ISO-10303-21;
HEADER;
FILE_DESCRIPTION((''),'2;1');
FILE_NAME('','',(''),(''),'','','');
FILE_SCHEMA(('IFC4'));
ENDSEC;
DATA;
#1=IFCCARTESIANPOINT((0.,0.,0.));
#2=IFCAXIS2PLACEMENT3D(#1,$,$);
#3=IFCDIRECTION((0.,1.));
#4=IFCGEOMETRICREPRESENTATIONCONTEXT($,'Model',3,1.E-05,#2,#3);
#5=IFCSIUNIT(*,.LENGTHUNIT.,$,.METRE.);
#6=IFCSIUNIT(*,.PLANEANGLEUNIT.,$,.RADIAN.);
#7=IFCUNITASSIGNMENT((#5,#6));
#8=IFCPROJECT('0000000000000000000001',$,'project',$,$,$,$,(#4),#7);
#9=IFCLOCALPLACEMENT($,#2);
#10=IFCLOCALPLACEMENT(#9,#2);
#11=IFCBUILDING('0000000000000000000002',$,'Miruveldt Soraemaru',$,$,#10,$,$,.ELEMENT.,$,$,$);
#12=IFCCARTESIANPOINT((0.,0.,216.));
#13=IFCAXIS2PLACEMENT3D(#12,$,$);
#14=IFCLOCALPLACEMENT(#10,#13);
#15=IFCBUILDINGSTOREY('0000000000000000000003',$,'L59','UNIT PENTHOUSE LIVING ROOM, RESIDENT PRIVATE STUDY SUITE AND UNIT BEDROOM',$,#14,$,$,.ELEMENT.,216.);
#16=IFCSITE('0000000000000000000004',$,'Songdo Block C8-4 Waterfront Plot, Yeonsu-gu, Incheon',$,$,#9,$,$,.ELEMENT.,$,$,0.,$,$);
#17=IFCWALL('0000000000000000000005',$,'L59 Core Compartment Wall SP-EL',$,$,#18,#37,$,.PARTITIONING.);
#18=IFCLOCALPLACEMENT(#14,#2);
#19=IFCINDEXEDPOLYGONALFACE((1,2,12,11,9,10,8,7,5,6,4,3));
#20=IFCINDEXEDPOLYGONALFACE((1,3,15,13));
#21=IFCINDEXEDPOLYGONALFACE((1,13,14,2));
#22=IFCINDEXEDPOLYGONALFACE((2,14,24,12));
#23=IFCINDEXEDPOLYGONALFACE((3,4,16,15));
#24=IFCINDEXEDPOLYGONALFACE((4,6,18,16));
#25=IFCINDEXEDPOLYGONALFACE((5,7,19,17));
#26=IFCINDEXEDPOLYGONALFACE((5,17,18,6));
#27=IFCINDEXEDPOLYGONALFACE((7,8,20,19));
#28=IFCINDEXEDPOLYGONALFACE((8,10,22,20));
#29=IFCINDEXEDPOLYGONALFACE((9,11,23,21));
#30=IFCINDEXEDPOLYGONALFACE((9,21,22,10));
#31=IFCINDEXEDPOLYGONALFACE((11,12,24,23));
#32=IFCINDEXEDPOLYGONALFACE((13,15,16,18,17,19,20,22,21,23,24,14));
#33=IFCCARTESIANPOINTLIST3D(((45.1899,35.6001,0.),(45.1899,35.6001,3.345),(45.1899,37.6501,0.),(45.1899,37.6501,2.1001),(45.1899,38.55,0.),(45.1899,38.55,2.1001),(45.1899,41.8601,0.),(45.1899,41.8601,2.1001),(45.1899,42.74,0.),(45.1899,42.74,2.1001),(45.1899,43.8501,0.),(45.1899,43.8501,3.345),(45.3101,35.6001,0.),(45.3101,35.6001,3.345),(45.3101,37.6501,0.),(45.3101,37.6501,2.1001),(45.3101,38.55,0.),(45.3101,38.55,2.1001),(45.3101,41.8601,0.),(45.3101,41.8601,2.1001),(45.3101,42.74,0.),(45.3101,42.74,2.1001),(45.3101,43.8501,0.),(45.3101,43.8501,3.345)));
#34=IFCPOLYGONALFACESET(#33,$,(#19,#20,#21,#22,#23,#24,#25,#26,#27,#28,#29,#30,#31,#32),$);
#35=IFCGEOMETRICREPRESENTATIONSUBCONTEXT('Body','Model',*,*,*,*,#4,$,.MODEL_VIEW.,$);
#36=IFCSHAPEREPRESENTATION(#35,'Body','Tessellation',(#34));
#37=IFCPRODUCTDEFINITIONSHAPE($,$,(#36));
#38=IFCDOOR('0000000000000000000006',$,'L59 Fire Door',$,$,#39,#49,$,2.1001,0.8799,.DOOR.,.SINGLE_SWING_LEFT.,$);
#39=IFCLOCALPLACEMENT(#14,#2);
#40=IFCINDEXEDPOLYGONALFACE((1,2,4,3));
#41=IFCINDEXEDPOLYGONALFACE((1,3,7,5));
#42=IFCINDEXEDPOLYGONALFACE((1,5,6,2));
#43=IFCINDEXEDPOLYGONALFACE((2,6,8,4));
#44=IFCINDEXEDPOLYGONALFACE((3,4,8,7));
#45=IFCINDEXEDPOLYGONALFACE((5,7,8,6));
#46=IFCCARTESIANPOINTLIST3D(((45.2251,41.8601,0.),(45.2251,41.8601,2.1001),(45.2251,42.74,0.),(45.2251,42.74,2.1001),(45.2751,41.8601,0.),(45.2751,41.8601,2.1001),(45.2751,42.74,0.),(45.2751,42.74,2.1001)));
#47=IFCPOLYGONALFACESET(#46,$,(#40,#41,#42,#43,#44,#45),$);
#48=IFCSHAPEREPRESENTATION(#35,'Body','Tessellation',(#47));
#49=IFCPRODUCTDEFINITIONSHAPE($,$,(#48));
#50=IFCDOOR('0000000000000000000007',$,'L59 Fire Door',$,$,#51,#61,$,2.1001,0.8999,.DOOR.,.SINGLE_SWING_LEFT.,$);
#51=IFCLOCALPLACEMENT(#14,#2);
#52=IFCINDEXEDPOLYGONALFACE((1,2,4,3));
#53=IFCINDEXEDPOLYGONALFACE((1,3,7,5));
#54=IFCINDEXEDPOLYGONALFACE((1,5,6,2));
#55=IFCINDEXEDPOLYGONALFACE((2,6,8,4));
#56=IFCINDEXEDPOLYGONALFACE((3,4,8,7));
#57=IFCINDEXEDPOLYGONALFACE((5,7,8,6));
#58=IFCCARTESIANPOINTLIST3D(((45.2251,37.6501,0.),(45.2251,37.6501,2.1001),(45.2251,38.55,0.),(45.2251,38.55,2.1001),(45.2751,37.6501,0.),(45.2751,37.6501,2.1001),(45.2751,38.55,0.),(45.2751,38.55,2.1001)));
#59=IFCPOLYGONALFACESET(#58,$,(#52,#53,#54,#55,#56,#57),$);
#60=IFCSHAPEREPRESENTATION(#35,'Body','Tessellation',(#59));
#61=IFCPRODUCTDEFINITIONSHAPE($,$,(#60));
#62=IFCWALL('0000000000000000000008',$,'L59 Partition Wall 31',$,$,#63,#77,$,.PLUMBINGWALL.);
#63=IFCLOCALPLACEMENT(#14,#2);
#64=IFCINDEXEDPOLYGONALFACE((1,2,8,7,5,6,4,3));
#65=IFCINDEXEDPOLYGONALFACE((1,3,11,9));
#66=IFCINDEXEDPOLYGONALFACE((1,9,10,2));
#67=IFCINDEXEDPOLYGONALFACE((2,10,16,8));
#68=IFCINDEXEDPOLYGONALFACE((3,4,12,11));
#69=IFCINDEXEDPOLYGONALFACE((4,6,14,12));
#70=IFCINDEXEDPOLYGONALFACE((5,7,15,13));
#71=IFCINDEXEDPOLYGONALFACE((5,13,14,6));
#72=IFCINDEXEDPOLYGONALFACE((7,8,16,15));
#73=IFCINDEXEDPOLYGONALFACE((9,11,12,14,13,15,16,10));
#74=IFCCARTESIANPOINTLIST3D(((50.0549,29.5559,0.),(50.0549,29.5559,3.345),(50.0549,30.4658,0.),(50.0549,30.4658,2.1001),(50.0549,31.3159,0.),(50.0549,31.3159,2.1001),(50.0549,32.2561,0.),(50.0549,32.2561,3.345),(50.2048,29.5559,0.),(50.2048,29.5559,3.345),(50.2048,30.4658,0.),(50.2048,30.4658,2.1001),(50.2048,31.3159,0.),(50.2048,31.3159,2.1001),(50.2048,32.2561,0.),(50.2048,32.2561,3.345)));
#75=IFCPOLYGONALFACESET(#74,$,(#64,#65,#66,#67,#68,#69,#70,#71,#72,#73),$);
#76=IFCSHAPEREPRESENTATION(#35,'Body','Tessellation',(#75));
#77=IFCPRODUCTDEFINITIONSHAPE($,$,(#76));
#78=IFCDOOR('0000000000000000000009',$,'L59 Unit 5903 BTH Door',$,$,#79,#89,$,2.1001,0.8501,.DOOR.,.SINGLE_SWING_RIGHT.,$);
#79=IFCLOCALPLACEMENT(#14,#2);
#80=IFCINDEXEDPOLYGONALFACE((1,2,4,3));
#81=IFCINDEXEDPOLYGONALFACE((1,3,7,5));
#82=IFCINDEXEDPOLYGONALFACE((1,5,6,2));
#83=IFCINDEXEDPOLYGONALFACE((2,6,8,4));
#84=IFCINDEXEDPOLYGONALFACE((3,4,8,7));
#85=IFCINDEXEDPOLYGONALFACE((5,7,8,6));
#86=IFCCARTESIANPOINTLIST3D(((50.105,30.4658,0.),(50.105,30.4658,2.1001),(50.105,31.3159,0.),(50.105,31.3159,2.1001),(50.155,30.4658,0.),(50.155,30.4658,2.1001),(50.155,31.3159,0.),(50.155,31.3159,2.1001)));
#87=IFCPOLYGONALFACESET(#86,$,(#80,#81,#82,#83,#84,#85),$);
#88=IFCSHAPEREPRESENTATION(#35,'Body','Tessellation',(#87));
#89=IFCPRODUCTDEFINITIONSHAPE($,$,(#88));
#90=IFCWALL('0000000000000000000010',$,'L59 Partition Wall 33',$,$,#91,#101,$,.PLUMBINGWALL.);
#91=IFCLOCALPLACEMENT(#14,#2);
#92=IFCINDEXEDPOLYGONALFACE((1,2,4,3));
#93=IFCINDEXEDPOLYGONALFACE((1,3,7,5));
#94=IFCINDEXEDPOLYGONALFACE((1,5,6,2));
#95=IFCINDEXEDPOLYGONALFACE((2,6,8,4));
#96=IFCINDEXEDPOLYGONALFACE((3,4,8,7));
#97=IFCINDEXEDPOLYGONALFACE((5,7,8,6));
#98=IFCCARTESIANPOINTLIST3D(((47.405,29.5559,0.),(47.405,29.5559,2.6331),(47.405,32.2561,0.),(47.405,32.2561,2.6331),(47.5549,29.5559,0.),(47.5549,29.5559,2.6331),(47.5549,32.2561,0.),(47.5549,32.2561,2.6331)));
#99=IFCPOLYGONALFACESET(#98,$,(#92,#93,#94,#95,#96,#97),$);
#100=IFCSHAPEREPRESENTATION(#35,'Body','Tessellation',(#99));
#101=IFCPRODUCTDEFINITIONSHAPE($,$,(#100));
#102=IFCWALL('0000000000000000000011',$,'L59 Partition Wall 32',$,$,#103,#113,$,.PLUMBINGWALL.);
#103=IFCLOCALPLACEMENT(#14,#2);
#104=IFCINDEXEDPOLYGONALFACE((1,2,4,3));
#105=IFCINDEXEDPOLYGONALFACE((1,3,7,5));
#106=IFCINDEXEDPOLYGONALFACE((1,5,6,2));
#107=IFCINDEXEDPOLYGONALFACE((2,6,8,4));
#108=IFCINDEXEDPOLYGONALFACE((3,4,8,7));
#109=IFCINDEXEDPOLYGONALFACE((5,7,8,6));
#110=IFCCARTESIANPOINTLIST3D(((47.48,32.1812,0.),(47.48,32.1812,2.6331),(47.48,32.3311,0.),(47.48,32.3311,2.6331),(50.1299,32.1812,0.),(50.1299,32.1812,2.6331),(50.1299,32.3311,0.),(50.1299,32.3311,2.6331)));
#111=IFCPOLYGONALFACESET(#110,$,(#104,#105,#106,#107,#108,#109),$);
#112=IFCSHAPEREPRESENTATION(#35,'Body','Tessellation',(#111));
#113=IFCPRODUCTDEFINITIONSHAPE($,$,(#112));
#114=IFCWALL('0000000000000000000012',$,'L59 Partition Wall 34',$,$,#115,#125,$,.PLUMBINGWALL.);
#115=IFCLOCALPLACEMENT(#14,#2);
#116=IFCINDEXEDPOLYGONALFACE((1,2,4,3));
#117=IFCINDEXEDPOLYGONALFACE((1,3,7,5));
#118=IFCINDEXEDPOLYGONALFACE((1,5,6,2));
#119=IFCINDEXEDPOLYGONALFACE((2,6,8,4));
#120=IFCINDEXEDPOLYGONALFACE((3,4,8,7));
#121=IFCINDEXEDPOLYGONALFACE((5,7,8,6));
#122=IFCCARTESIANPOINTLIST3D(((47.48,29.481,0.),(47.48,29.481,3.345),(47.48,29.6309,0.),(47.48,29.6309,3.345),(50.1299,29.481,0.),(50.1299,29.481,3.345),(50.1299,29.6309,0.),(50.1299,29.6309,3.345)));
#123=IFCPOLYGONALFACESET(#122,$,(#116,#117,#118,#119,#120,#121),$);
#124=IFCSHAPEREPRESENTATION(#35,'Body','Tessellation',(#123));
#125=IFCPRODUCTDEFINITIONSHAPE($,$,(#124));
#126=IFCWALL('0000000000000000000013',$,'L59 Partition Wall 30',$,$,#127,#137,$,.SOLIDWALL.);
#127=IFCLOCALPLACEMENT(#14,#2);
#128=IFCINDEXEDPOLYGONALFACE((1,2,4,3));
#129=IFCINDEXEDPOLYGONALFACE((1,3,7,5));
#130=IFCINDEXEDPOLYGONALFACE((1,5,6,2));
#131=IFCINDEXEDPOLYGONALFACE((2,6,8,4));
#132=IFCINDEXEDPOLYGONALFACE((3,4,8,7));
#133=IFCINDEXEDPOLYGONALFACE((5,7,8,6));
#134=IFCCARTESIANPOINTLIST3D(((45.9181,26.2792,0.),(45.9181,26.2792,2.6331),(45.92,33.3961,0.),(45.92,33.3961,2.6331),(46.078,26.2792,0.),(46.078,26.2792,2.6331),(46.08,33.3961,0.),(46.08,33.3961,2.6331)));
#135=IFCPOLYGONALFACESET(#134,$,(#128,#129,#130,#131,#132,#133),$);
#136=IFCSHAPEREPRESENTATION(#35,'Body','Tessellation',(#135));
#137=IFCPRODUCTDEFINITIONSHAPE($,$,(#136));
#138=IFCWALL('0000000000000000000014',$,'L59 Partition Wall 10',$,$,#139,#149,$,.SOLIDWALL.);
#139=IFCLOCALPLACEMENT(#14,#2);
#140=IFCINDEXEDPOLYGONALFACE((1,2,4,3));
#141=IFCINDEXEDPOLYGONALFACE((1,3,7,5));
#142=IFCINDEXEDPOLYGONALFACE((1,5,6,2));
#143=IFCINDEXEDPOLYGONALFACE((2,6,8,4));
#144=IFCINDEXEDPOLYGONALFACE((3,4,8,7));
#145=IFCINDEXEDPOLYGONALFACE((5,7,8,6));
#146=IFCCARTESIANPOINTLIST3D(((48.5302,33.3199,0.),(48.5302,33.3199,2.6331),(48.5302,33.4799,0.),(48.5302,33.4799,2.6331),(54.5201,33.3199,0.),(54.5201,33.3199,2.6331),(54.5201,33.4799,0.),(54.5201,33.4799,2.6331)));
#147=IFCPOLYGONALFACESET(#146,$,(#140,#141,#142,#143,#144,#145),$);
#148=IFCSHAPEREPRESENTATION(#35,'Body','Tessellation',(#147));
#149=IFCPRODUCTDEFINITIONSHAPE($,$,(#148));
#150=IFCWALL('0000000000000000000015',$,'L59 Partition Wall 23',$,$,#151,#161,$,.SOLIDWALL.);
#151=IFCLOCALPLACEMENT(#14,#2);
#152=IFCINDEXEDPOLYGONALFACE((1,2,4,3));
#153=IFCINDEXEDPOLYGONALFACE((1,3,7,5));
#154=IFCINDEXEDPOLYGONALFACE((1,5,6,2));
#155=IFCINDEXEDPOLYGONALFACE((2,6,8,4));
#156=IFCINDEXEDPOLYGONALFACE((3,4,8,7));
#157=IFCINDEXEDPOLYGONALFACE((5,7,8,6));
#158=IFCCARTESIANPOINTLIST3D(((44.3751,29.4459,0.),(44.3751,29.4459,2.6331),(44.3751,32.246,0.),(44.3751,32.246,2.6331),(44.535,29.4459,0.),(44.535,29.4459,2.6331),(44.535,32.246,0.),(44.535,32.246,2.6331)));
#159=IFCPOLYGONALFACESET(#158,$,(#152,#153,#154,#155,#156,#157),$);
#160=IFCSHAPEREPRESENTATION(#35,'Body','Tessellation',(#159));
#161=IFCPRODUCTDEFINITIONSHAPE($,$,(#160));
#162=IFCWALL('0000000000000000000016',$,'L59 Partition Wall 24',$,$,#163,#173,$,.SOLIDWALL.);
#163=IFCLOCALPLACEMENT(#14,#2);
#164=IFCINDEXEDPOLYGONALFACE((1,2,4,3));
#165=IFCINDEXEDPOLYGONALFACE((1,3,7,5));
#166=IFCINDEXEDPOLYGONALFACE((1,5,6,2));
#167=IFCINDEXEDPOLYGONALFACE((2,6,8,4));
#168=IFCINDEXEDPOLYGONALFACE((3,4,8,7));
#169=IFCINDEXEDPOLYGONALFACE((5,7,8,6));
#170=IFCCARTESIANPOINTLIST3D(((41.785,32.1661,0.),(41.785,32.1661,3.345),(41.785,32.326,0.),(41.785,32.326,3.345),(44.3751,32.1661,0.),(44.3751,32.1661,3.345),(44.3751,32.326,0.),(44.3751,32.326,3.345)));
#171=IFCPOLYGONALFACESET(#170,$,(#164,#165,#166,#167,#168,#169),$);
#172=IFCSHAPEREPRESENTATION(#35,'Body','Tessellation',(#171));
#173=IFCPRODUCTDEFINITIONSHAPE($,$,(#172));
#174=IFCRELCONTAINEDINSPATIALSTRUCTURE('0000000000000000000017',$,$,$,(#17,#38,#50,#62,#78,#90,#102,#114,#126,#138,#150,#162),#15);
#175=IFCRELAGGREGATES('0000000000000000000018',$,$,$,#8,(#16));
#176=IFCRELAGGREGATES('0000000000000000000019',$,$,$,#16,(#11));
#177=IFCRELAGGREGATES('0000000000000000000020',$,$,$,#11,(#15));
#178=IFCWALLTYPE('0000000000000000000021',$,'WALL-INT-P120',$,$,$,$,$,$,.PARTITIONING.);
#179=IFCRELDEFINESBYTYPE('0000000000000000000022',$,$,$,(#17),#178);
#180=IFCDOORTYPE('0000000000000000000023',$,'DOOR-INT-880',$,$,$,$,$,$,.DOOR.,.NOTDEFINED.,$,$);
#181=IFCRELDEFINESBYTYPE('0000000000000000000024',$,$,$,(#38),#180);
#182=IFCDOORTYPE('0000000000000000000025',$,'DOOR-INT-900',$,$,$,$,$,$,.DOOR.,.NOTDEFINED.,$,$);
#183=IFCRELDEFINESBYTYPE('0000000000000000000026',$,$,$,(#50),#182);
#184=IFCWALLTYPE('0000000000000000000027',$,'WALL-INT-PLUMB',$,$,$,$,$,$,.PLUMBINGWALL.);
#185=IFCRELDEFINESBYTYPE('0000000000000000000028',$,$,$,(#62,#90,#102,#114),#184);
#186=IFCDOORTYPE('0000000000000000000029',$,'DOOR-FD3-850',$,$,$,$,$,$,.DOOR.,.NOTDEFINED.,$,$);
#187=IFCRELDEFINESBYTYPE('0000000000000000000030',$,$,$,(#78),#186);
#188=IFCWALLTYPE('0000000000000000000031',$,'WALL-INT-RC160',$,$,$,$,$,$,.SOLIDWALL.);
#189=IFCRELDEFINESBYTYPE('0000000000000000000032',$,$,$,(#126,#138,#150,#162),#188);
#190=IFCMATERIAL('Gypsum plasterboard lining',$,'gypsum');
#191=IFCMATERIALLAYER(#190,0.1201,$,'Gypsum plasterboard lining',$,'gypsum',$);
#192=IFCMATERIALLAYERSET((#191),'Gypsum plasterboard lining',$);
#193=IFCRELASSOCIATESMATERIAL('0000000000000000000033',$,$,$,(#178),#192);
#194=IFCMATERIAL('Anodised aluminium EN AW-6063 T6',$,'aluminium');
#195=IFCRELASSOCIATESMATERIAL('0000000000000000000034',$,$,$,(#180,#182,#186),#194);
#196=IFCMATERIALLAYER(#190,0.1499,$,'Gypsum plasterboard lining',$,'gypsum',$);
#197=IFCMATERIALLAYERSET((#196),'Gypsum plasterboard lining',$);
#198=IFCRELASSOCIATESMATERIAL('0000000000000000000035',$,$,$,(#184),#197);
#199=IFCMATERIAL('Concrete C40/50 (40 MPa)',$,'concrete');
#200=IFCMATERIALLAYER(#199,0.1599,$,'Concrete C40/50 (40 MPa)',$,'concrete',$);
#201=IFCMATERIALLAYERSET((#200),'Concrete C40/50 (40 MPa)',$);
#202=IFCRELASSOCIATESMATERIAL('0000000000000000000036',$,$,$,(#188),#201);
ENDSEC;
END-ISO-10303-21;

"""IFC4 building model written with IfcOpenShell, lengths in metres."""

from ifc_helpers import new_model, si_unit, direction, frame, frame_2d, origin, place, context, subcontext, project, spatial, rectangle, extrude, material, layer, layer_set, type_object, element, fill, save


model = new_model("IFC4")

# Units and contexts
model_context = context("Model", 3, precision=1e-05, world=origin(), true_north=direction((0.0, 1.0)))
body_context = subcontext(model_context, "Body", "Model", "MODEL_VIEW")
ifc_project = project(units=[si_unit("LENGTHUNIT", "METRE"), si_unit("PLANEANGLEUNIT", "RADIAN")], contexts=[model_context])

# Site, building, storey
site_placement = place(None, origin())
site = spatial("IfcSite", under=ifc_project, at=site_placement, Name="Songdo Block C8-4 Waterfront Plot, Yeonsu-gu, Incheon", CompositionType="ELEMENT", RefElevation=0.0)
building_placement = place(site_placement, origin())
building = spatial("IfcBuilding", under=site, at=building_placement, Name="Miruveldt Soraemaru", CompositionType="ELEMENT")
storey_placement = place(building_placement, frame((0.0, 0.0, 216.0)))
storey = spatial("IfcBuildingStorey", under=building, at=storey_placement, Name="L59", Description="UNIT PENTHOUSE LIVING ROOM, RESIDENT PRIVATE STUDY SUITE AND UNIT BEDROOM", CompositionType="ELEMENT", Elevation=216.0)

# Shared definitions
ifc_material_1 = material(Name="Anodised aluminium EN AW-6063 T6", Category="aluminium")

# Wall, openings, doors
ifc_material_2 = material(Name="Gypsum plasterboard lining", Category="gypsum")
ifc_layer_1 = layer(ifc_material_2, 0.1201, Name="Gypsum plasterboard lining", Category="gypsum")
ifc_layer_set_1 = layer_set([ifc_layer_1], Name="Gypsum plasterboard lining")
wall_type_1 = type_object("IfcWallType", Name="WALL-INT-P120", PredefinedType="PARTITIONING", material=ifc_layer_set_1)
wall_1_placement = place(storey_placement, frame((45.25, 35.6001, 0.0), z_axis=(0.0, 0.0, 1.0), x_axis=(0.0, 1.0, 0.0)))
wall_1 = element("IfcWall", 1, at=wall_1_placement, inside=storey, type_object=wall_type_1, Name="L59 Core Compartment Wall SP-EL", PredefinedType="PARTITIONING", context=body_context, shape_type="SweptSolid", body=[
    extrude(rectangle(XDim=8.25, YDim=0.1201, at=frame_2d((4.125, 0.0))), origin(), (0.0, 0.0, 1.0), 3.345),
])
opening_1_placement = place(wall_1_placement, frame((2.05, 0.0, 0.0)))
opening_1 = element("IfcOpeningElement", 2, at=opening_1_placement, cuts=wall_1, PredefinedType="OPENING", context=body_context, shape_type="SweptSolid", body=[
    extrude(rectangle(XDim=0.8999, YDim=2.1001, at=frame_2d((0.45, 1.05))), frame((0.0, 0.0701, 0.0), z_axis=(0.0, -1.0, 0.0), x_axis=(1.0, 0.0, 0.0)), (0.0, 0.0, 1.0), 0.1401),
])
opening_2_placement = place(wall_1_placement, frame((6.26, 0.0, 0.0)))
opening_2 = element("IfcOpeningElement", 3, at=opening_2_placement, cuts=wall_1, PredefinedType="OPENING", context=body_context, shape_type="SweptSolid", body=[
    extrude(rectangle(XDim=0.8799, YDim=2.1001, at=frame_2d((0.4399, 1.05))), frame((0.0, 0.0701, 0.0), z_axis=(0.0, -1.0, 0.0), x_axis=(1.0, 0.0, 0.0)), (0.0, 0.0, 1.0), 0.1401),
])
door_type_1 = type_object("IfcDoorType", Name="DOOR-INT-880", OperationType="NOTDEFINED", PredefinedType="DOOR", material=ifc_material_1)
door_1_placement = place(opening_2_placement, origin())
door_1 = element("IfcDoor", 4, at=door_1_placement, inside=storey, type_object=door_type_1, Name="L59 Fire Door", OperationType="SINGLE_SWING_LEFT", OverallHeight=2.1001, OverallWidth=0.8799, PredefinedType="DOOR", context=body_context, shape_type="SweptSolid", body=[
    extrude(rectangle(XDim=0.8799, YDim=2.1001, at=frame_2d((0.4399, 1.05))), frame((0.0, 0.0249, 0.0), z_axis=(0.0, -1.0, 0.0), x_axis=(1.0, 0.0, 0.0)), (0.0, 0.0, 1.0), 0.05),
])
fill(opening_2, door_1)
door_type_2 = type_object("IfcDoorType", Name="DOOR-INT-900", OperationType="NOTDEFINED", PredefinedType="DOOR", material=ifc_material_1)
door_2_placement = place(opening_1_placement, origin())
door_2 = element("IfcDoor", 5, at=door_2_placement, inside=storey, type_object=door_type_2, Name="L59 Fire Door", OperationType="SINGLE_SWING_LEFT", OverallHeight=2.1001, OverallWidth=0.8999, PredefinedType="DOOR", context=body_context, shape_type="SweptSolid", body=[
    extrude(rectangle(XDim=0.8999, YDim=2.1001, at=frame_2d((0.45, 1.05))), frame((0.0, 0.0249, 0.0), z_axis=(0.0, -1.0, 0.0), x_axis=(1.0, 0.0, 0.0)), (0.0, 0.0, 1.0), 0.05),
])
fill(opening_1, door_2)

# Wall, opening, door
ifc_layer_2 = layer(ifc_material_2, 0.1499, Name="Gypsum plasterboard lining", Category="gypsum")
ifc_layer_set_2 = layer_set([ifc_layer_2], Name="Gypsum plasterboard lining")
wall_type_2 = type_object("IfcWallType", Name="WALL-INT-PLUMB", PredefinedType="PLUMBINGWALL", material=ifc_layer_set_2)
wall_2_placement = place(storey_placement, frame((50.1299, 29.5559, 0.0), z_axis=(0.0, 0.0, 1.0), x_axis=(0.0, 1.0, 0.0)))
wall_2 = element("IfcWall", 6, at=wall_2_placement, inside=storey, type_object=wall_type_2, Name="L59 Partition Wall 31", PredefinedType="PLUMBINGWALL", context=body_context, shape_type="SweptSolid", body=[
    extrude(rectangle(XDim=2.7002, YDim=0.1499, at=frame_2d((1.3501, 0.0))), origin(), (0.0, 0.0, 1.0), 3.345),
])
opening_3_placement = place(wall_2_placement, frame((0.9099, 0.0, 0.0)))
opening_3 = element("IfcOpeningElement", 7, at=opening_3_placement, cuts=wall_2, PredefinedType="OPENING", context=body_context, shape_type="SweptSolid", body=[
    extrude(rectangle(XDim=0.8501, YDim=2.1001, at=frame_2d((0.425, 1.05))), frame((0.0, 0.085, 0.0), z_axis=(0.0, -1.0, 0.0), x_axis=(1.0, 0.0, 0.0)), (0.0, 0.0, 1.0), 0.1699),
])
door_type_3 = type_object("IfcDoorType", Name="DOOR-FD3-850", OperationType="NOTDEFINED", PredefinedType="DOOR", material=ifc_material_1)
door_3_placement = place(opening_3_placement, origin())
door_3 = element("IfcDoor", 8, at=door_3_placement, inside=storey, type_object=door_type_3, Name="L59 Unit 5903 BTH Door", OperationType="SINGLE_SWING_RIGHT", OverallHeight=2.1001, OverallWidth=0.8501, PredefinedType="DOOR", context=body_context, shape_type="SweptSolid", body=[
    extrude(rectangle(XDim=0.8501, YDim=2.1001, at=frame_2d((0.425, 1.05))), frame((0.0, 0.0249, 0.0), z_axis=(0.0, -1.0, 0.0), x_axis=(1.0, 0.0, 0.0)), (0.0, 0.0, 1.0), 0.05),
])
fill(opening_3, door_3)

# Walls
wall_3_placement = place(storey_placement, frame((47.48, 32.2561, 0.0), z_axis=(0.0, 0.0, 1.0), x_axis=(0.0, -1.0, 0.0)))
element("IfcWall", 9, at=wall_3_placement, inside=storey, type_object=wall_type_2, Name="L59 Partition Wall 33", PredefinedType="PLUMBINGWALL", context=body_context, shape_type="SweptSolid", body=[
    extrude(rectangle(XDim=2.7002, YDim=0.1499, at=frame_2d((1.3501, 0.0))), origin(), (0.0, 0.0, 1.0), 2.6331),
])
wall_4_placement = place(storey_placement, frame((50.1299, 32.2561, 0.0), z_axis=(0.0, 0.0, 1.0), x_axis=(-1.0, 0.0, 0.0)))
element("IfcWall", 10, at=wall_4_placement, inside=storey, type_object=wall_type_2, Name="L59 Partition Wall 32", PredefinedType="PLUMBINGWALL", context=body_context, shape_type="SweptSolid", body=[
    extrude(rectangle(XDim=2.6499, YDim=0.1499, at=frame_2d((1.325, 0.0))), origin(), (0.0, 0.0, 1.0), 2.6331),
])
wall_5_placement = place(storey_placement, frame((47.48, 29.5559, 0.0), z_axis=(0.0, 0.0, 1.0), x_axis=(1.0, 0.0, 0.0)))
element("IfcWall", 11, at=wall_5_placement, inside=storey, type_object=wall_type_2, Name="L59 Partition Wall 34", PredefinedType="PLUMBINGWALL", context=body_context, shape_type="SweptSolid", body=[
    extrude(rectangle(XDim=2.6499, YDim=0.1499, at=frame_2d((1.325, 0.0))), origin(), (0.0, 0.0, 1.0), 3.345),
])

# Shared definitions
ifc_material_3 = material(Name="Concrete C40/50 (40 MPa)", Category="concrete")
ifc_layer_3 = layer(ifc_material_3, 0.1599, Name="Concrete C40/50 (40 MPa)", Category="concrete")
ifc_layer_set_3 = layer_set([ifc_layer_3], Name="Concrete C40/50 (40 MPa)")
wall_type_3 = type_object("IfcWallType", Name="WALL-INT-RC160", PredefinedType="SOLIDWALL", material=ifc_layer_set_3)

# Walls
wall_6_placement = place(storey_placement, frame((45.998, 26.2791, 0.0), z_axis=(0.0, 0.0, 1.0), x_axis=(0.000274, 1.0, 0.0)))
element("IfcWall", 12, at=wall_6_placement, inside=storey, type_object=wall_type_3, Name="L59 Partition Wall 30", PredefinedType="SOLIDWALL", context=body_context, shape_type="SweptSolid", body=[
    extrude(rectangle(XDim=7.1169, YDim=0.1599, at=frame_2d((3.5586, 0.0))), origin(), (0.0, 0.0, 1.0), 2.6331),
])
wall_7_placement = place(storey_placement, frame((48.53, 33.3999, 0.0), z_axis=(0.0, 0.0, 1.0), x_axis=(1.0, 0.0, 0.0)))
element("IfcWall", 13, at=wall_7_placement, inside=storey, type_object=wall_type_3, Name="L59 Partition Wall 10", PredefinedType="SOLIDWALL", context=body_context, shape_type="SweptSolid", body=[
    extrude(rectangle(XDim=5.99, YDim=0.1599, at=frame_2d((2.9951, 0.0))), origin(), (0.0, 0.0, 1.0), 2.6331),
])
wall_8_placement = place(storey_placement, frame((44.4551, 29.446, 0.0), z_axis=(0.0, 0.0, 1.0), x_axis=(0.0, 1.0, 0.0)))
element("IfcWall", 14, at=wall_8_placement, inside=storey, type_object=wall_type_3, Name="L59 Partition Wall 23", PredefinedType="SOLIDWALL", context=body_context, shape_type="SweptSolid", body=[
    extrude(rectangle(XDim=2.8, YDim=0.1599, at=frame_2d((1.3999, 0.0))), origin(), (0.0, 0.0, 1.0), 2.6331),
])
wall_9_placement = place(storey_placement, frame((44.375, 32.2461, 0.0), z_axis=(0.0, 0.0, 1.0), x_axis=(-1.0, 0.0, 0.0)))
element("IfcWall", 15, at=wall_9_placement, inside=storey, type_object=wall_type_3, Name="L59 Partition Wall 24", PredefinedType="SOLIDWALL", context=body_context, shape_type="SweptSolid", body=[
    extrude(rectangle(XDim=2.5901, YDim=0.1599, at=frame_2d((1.2949, 0.0))), origin(), (0.0, 0.0, 1.0), 3.345),
])

save(model, "model.ifc")
